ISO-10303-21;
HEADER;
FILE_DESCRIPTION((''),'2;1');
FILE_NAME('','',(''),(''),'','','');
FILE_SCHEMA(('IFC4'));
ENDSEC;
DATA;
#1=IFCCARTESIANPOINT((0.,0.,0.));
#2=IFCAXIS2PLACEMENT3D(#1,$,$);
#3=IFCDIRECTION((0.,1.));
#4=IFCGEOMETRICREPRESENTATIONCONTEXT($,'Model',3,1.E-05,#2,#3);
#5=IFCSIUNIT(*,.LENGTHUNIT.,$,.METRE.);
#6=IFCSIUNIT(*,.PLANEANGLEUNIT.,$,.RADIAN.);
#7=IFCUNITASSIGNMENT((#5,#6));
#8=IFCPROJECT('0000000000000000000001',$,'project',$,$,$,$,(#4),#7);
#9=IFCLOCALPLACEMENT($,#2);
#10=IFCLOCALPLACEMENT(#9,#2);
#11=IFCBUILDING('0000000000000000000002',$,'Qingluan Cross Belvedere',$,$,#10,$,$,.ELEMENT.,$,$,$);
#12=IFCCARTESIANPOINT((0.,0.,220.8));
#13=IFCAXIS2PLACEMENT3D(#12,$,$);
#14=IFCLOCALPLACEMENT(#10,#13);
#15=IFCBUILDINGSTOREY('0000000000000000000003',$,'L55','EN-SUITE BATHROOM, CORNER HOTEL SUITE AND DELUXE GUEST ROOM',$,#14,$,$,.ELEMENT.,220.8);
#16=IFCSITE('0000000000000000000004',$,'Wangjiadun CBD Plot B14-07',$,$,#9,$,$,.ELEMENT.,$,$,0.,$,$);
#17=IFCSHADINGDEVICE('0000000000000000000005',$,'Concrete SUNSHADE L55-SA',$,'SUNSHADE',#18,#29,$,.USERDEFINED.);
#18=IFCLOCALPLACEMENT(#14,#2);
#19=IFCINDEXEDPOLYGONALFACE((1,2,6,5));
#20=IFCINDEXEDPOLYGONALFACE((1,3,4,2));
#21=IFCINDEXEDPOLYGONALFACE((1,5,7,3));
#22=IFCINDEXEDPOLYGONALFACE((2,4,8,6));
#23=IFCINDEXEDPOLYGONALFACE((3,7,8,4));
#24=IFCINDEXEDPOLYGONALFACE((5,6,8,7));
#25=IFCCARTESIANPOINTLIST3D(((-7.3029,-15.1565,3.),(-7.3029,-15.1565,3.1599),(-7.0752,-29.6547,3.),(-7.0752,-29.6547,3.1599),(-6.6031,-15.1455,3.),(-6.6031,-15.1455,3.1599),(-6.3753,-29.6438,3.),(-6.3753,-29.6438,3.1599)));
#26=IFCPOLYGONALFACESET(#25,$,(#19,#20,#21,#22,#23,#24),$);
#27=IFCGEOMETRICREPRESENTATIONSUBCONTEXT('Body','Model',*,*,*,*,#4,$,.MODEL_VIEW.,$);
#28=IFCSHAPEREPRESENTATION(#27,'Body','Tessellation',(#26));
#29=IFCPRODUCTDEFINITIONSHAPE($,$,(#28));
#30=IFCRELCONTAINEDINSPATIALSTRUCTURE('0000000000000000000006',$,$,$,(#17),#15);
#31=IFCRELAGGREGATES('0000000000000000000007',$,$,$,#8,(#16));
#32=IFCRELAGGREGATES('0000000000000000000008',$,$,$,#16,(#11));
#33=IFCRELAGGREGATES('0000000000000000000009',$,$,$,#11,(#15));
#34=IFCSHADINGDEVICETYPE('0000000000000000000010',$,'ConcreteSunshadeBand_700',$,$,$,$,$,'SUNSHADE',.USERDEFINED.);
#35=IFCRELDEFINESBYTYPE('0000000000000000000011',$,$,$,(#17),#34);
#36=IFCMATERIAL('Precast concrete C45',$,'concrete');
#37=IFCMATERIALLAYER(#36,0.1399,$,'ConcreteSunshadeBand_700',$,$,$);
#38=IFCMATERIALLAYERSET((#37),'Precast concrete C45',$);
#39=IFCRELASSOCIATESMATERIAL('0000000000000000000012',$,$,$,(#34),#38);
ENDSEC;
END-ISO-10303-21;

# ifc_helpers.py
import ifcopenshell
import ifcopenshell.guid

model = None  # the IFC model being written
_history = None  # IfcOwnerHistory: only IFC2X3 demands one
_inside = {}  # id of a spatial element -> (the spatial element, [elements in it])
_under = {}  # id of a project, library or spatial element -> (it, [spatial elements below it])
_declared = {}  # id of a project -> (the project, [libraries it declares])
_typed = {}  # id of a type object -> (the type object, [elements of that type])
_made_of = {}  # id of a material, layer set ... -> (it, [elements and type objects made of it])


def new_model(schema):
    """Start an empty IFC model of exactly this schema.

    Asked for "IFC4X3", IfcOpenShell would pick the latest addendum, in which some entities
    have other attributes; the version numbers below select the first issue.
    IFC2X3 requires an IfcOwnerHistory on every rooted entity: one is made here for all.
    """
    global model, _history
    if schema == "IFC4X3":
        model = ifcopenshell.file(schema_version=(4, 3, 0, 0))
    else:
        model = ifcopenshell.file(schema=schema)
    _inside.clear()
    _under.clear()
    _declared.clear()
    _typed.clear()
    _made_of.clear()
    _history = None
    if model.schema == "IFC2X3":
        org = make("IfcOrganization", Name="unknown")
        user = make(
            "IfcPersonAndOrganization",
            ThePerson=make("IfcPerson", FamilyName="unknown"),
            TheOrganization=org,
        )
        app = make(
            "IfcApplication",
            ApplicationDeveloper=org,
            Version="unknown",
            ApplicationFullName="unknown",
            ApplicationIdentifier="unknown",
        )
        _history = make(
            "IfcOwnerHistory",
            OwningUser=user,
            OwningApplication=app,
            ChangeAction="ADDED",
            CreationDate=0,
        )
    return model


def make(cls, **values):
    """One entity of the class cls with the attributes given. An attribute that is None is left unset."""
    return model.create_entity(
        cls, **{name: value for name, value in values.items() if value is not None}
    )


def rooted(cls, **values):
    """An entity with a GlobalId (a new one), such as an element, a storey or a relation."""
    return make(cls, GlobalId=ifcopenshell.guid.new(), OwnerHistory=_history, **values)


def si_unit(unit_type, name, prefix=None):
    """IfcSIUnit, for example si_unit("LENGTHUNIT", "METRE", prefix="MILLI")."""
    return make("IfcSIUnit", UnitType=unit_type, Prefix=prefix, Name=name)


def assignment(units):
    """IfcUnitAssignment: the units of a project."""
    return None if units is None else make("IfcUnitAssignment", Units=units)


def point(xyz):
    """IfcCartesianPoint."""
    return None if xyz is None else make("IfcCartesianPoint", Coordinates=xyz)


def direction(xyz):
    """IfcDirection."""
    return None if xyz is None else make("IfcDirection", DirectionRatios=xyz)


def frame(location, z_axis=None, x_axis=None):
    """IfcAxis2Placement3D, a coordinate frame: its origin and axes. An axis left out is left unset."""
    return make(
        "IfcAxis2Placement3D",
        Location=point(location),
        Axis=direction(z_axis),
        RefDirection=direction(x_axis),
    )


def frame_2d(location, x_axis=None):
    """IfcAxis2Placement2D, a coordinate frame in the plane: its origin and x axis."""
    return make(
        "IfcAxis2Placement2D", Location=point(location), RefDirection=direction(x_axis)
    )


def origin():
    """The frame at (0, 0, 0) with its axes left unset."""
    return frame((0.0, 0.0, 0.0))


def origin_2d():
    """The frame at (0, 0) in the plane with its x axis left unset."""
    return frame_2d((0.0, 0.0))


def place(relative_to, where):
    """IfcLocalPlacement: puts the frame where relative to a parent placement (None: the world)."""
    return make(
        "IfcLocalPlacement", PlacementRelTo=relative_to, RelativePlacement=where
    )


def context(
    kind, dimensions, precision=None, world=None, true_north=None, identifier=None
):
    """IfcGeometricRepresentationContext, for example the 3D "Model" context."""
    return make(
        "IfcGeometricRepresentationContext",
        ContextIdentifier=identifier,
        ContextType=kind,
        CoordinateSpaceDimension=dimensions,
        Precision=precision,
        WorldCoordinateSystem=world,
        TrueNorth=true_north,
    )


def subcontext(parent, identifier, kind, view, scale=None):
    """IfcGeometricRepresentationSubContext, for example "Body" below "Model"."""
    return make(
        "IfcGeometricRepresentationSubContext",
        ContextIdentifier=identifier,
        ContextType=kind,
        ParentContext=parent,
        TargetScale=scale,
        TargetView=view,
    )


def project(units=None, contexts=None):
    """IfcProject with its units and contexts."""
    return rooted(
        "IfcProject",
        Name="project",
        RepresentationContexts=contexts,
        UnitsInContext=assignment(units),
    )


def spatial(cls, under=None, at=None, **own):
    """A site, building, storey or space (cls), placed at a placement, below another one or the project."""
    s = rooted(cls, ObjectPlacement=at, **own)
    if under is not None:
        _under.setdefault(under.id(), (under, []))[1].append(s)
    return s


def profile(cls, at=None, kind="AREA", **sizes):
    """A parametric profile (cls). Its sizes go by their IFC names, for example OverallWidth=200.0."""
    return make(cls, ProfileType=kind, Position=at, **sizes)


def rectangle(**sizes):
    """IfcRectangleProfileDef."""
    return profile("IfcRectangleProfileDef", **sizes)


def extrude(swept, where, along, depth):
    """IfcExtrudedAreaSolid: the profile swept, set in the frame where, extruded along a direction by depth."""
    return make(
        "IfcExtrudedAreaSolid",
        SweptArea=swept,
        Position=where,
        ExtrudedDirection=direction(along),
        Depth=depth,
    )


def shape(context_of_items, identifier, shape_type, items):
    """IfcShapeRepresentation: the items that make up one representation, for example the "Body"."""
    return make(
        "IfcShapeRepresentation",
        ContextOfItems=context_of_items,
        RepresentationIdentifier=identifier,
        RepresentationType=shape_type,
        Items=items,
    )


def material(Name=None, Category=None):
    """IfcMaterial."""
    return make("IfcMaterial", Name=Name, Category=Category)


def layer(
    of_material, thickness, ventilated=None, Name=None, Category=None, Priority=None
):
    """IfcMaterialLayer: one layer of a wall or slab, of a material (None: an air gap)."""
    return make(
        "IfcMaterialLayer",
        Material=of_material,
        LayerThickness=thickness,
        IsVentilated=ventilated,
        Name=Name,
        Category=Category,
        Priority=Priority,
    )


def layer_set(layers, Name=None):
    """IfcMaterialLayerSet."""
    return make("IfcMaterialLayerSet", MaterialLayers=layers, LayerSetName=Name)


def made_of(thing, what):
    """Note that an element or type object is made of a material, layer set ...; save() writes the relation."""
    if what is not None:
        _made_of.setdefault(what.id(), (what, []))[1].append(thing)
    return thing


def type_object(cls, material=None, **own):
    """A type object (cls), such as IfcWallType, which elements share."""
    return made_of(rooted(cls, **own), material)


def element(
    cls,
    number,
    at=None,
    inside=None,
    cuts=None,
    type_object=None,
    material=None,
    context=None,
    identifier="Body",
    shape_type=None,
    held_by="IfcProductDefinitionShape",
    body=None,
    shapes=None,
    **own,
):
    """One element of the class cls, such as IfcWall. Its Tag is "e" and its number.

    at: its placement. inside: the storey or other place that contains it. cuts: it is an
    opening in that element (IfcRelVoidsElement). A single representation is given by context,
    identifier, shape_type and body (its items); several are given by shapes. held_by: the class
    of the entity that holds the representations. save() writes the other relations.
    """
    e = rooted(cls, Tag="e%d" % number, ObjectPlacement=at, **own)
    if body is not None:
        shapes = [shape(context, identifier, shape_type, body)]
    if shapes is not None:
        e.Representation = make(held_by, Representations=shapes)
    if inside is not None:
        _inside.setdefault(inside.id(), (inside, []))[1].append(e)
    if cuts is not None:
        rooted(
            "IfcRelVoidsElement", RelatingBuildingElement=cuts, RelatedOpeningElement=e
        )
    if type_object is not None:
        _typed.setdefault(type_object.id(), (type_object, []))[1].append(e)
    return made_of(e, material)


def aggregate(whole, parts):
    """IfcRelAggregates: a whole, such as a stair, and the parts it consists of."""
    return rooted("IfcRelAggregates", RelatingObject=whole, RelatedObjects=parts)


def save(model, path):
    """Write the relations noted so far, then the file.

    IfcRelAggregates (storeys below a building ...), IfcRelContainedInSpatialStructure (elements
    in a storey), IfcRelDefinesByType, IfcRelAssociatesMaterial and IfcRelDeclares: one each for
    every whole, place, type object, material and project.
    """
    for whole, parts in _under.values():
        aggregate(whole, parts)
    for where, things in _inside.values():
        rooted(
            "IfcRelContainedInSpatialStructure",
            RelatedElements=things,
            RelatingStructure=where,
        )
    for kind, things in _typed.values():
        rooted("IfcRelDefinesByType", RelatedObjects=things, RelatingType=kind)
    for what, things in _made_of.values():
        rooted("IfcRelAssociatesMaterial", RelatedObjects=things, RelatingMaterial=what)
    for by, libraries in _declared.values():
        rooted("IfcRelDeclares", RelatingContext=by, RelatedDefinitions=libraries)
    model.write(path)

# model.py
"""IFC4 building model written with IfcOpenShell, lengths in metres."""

from ifc_helpers import new_model, si_unit, direction, frame, origin, origin_2d, place, context, subcontext, project, spatial, rectangle, extrude, material, layer, layer_set, type_object, element, save


model = new_model("IFC4")

# Units and contexts
model_context = context("Model", 3, precision=1e-05, world=origin(), true_north=direction((0.0, 1.0)))
body_context = subcontext(model_context, "Body", "Model", "MODEL_VIEW")
ifc_project = project(units=[si_unit("LENGTHUNIT", "METRE"), si_unit("PLANEANGLEUNIT", "RADIAN")], contexts=[model_context])

# Site, building, storey
site_placement = place(None, origin())
site = spatial("IfcSite", under=ifc_project, at=site_placement, Name="Wangjiadun CBD Plot B14-07", CompositionType="ELEMENT", RefElevation=0.0)
building_placement = place(site_placement, origin())
building = spatial("IfcBuilding", under=site, at=building_placement, Name="Qingluan Cross Belvedere", CompositionType="ELEMENT")
storey_placement = place(building_placement, frame((0.0, 0.0, 220.8)))
storey = spatial("IfcBuildingStorey", under=building, at=storey_placement, Name="L55", Description="EN-SUITE BATHROOM, CORNER HOTEL SUITE AND DELUXE GUEST ROOM", CompositionType="ELEMENT", Elevation=220.8)

# Shading device
ifc_material_1 = material(Name="Precast concrete C45", Category="concrete")
ifc_layer_1 = layer(ifc_material_1, 0.1399, Name="ConcreteSunshadeBand_700")
ifc_layer_set_1 = layer_set([ifc_layer_1], Name="Precast concrete C45")
shading_device_type = type_object("IfcShadingDeviceType", Name="ConcreteSunshadeBand_700", ElementType="SUNSHADE", PredefinedType="USERDEFINED", material=ifc_layer_set_1)
shading_device_placement = place(storey_placement, frame((-6.8391, -22.4001, 3.0), z_axis=(0.0, 0.0, 1.0), x_axis=(0.015707, -0.999877, 0.0)))
element("IfcShadingDevice", 1, at=shading_device_placement, inside=storey, type_object=shading_device_type, Name="Concrete SUNSHADE L55-SA", ObjectType="SUNSHADE", PredefinedType="USERDEFINED", context=body_context, shape_type="SweptSolid", body=[
    extrude(rectangle(XDim=14.5, YDim=0.7, at=origin_2d()), origin(), (0.0, 0.0, 1.0), 0.1599),
])

save(model, "model.ifc")
